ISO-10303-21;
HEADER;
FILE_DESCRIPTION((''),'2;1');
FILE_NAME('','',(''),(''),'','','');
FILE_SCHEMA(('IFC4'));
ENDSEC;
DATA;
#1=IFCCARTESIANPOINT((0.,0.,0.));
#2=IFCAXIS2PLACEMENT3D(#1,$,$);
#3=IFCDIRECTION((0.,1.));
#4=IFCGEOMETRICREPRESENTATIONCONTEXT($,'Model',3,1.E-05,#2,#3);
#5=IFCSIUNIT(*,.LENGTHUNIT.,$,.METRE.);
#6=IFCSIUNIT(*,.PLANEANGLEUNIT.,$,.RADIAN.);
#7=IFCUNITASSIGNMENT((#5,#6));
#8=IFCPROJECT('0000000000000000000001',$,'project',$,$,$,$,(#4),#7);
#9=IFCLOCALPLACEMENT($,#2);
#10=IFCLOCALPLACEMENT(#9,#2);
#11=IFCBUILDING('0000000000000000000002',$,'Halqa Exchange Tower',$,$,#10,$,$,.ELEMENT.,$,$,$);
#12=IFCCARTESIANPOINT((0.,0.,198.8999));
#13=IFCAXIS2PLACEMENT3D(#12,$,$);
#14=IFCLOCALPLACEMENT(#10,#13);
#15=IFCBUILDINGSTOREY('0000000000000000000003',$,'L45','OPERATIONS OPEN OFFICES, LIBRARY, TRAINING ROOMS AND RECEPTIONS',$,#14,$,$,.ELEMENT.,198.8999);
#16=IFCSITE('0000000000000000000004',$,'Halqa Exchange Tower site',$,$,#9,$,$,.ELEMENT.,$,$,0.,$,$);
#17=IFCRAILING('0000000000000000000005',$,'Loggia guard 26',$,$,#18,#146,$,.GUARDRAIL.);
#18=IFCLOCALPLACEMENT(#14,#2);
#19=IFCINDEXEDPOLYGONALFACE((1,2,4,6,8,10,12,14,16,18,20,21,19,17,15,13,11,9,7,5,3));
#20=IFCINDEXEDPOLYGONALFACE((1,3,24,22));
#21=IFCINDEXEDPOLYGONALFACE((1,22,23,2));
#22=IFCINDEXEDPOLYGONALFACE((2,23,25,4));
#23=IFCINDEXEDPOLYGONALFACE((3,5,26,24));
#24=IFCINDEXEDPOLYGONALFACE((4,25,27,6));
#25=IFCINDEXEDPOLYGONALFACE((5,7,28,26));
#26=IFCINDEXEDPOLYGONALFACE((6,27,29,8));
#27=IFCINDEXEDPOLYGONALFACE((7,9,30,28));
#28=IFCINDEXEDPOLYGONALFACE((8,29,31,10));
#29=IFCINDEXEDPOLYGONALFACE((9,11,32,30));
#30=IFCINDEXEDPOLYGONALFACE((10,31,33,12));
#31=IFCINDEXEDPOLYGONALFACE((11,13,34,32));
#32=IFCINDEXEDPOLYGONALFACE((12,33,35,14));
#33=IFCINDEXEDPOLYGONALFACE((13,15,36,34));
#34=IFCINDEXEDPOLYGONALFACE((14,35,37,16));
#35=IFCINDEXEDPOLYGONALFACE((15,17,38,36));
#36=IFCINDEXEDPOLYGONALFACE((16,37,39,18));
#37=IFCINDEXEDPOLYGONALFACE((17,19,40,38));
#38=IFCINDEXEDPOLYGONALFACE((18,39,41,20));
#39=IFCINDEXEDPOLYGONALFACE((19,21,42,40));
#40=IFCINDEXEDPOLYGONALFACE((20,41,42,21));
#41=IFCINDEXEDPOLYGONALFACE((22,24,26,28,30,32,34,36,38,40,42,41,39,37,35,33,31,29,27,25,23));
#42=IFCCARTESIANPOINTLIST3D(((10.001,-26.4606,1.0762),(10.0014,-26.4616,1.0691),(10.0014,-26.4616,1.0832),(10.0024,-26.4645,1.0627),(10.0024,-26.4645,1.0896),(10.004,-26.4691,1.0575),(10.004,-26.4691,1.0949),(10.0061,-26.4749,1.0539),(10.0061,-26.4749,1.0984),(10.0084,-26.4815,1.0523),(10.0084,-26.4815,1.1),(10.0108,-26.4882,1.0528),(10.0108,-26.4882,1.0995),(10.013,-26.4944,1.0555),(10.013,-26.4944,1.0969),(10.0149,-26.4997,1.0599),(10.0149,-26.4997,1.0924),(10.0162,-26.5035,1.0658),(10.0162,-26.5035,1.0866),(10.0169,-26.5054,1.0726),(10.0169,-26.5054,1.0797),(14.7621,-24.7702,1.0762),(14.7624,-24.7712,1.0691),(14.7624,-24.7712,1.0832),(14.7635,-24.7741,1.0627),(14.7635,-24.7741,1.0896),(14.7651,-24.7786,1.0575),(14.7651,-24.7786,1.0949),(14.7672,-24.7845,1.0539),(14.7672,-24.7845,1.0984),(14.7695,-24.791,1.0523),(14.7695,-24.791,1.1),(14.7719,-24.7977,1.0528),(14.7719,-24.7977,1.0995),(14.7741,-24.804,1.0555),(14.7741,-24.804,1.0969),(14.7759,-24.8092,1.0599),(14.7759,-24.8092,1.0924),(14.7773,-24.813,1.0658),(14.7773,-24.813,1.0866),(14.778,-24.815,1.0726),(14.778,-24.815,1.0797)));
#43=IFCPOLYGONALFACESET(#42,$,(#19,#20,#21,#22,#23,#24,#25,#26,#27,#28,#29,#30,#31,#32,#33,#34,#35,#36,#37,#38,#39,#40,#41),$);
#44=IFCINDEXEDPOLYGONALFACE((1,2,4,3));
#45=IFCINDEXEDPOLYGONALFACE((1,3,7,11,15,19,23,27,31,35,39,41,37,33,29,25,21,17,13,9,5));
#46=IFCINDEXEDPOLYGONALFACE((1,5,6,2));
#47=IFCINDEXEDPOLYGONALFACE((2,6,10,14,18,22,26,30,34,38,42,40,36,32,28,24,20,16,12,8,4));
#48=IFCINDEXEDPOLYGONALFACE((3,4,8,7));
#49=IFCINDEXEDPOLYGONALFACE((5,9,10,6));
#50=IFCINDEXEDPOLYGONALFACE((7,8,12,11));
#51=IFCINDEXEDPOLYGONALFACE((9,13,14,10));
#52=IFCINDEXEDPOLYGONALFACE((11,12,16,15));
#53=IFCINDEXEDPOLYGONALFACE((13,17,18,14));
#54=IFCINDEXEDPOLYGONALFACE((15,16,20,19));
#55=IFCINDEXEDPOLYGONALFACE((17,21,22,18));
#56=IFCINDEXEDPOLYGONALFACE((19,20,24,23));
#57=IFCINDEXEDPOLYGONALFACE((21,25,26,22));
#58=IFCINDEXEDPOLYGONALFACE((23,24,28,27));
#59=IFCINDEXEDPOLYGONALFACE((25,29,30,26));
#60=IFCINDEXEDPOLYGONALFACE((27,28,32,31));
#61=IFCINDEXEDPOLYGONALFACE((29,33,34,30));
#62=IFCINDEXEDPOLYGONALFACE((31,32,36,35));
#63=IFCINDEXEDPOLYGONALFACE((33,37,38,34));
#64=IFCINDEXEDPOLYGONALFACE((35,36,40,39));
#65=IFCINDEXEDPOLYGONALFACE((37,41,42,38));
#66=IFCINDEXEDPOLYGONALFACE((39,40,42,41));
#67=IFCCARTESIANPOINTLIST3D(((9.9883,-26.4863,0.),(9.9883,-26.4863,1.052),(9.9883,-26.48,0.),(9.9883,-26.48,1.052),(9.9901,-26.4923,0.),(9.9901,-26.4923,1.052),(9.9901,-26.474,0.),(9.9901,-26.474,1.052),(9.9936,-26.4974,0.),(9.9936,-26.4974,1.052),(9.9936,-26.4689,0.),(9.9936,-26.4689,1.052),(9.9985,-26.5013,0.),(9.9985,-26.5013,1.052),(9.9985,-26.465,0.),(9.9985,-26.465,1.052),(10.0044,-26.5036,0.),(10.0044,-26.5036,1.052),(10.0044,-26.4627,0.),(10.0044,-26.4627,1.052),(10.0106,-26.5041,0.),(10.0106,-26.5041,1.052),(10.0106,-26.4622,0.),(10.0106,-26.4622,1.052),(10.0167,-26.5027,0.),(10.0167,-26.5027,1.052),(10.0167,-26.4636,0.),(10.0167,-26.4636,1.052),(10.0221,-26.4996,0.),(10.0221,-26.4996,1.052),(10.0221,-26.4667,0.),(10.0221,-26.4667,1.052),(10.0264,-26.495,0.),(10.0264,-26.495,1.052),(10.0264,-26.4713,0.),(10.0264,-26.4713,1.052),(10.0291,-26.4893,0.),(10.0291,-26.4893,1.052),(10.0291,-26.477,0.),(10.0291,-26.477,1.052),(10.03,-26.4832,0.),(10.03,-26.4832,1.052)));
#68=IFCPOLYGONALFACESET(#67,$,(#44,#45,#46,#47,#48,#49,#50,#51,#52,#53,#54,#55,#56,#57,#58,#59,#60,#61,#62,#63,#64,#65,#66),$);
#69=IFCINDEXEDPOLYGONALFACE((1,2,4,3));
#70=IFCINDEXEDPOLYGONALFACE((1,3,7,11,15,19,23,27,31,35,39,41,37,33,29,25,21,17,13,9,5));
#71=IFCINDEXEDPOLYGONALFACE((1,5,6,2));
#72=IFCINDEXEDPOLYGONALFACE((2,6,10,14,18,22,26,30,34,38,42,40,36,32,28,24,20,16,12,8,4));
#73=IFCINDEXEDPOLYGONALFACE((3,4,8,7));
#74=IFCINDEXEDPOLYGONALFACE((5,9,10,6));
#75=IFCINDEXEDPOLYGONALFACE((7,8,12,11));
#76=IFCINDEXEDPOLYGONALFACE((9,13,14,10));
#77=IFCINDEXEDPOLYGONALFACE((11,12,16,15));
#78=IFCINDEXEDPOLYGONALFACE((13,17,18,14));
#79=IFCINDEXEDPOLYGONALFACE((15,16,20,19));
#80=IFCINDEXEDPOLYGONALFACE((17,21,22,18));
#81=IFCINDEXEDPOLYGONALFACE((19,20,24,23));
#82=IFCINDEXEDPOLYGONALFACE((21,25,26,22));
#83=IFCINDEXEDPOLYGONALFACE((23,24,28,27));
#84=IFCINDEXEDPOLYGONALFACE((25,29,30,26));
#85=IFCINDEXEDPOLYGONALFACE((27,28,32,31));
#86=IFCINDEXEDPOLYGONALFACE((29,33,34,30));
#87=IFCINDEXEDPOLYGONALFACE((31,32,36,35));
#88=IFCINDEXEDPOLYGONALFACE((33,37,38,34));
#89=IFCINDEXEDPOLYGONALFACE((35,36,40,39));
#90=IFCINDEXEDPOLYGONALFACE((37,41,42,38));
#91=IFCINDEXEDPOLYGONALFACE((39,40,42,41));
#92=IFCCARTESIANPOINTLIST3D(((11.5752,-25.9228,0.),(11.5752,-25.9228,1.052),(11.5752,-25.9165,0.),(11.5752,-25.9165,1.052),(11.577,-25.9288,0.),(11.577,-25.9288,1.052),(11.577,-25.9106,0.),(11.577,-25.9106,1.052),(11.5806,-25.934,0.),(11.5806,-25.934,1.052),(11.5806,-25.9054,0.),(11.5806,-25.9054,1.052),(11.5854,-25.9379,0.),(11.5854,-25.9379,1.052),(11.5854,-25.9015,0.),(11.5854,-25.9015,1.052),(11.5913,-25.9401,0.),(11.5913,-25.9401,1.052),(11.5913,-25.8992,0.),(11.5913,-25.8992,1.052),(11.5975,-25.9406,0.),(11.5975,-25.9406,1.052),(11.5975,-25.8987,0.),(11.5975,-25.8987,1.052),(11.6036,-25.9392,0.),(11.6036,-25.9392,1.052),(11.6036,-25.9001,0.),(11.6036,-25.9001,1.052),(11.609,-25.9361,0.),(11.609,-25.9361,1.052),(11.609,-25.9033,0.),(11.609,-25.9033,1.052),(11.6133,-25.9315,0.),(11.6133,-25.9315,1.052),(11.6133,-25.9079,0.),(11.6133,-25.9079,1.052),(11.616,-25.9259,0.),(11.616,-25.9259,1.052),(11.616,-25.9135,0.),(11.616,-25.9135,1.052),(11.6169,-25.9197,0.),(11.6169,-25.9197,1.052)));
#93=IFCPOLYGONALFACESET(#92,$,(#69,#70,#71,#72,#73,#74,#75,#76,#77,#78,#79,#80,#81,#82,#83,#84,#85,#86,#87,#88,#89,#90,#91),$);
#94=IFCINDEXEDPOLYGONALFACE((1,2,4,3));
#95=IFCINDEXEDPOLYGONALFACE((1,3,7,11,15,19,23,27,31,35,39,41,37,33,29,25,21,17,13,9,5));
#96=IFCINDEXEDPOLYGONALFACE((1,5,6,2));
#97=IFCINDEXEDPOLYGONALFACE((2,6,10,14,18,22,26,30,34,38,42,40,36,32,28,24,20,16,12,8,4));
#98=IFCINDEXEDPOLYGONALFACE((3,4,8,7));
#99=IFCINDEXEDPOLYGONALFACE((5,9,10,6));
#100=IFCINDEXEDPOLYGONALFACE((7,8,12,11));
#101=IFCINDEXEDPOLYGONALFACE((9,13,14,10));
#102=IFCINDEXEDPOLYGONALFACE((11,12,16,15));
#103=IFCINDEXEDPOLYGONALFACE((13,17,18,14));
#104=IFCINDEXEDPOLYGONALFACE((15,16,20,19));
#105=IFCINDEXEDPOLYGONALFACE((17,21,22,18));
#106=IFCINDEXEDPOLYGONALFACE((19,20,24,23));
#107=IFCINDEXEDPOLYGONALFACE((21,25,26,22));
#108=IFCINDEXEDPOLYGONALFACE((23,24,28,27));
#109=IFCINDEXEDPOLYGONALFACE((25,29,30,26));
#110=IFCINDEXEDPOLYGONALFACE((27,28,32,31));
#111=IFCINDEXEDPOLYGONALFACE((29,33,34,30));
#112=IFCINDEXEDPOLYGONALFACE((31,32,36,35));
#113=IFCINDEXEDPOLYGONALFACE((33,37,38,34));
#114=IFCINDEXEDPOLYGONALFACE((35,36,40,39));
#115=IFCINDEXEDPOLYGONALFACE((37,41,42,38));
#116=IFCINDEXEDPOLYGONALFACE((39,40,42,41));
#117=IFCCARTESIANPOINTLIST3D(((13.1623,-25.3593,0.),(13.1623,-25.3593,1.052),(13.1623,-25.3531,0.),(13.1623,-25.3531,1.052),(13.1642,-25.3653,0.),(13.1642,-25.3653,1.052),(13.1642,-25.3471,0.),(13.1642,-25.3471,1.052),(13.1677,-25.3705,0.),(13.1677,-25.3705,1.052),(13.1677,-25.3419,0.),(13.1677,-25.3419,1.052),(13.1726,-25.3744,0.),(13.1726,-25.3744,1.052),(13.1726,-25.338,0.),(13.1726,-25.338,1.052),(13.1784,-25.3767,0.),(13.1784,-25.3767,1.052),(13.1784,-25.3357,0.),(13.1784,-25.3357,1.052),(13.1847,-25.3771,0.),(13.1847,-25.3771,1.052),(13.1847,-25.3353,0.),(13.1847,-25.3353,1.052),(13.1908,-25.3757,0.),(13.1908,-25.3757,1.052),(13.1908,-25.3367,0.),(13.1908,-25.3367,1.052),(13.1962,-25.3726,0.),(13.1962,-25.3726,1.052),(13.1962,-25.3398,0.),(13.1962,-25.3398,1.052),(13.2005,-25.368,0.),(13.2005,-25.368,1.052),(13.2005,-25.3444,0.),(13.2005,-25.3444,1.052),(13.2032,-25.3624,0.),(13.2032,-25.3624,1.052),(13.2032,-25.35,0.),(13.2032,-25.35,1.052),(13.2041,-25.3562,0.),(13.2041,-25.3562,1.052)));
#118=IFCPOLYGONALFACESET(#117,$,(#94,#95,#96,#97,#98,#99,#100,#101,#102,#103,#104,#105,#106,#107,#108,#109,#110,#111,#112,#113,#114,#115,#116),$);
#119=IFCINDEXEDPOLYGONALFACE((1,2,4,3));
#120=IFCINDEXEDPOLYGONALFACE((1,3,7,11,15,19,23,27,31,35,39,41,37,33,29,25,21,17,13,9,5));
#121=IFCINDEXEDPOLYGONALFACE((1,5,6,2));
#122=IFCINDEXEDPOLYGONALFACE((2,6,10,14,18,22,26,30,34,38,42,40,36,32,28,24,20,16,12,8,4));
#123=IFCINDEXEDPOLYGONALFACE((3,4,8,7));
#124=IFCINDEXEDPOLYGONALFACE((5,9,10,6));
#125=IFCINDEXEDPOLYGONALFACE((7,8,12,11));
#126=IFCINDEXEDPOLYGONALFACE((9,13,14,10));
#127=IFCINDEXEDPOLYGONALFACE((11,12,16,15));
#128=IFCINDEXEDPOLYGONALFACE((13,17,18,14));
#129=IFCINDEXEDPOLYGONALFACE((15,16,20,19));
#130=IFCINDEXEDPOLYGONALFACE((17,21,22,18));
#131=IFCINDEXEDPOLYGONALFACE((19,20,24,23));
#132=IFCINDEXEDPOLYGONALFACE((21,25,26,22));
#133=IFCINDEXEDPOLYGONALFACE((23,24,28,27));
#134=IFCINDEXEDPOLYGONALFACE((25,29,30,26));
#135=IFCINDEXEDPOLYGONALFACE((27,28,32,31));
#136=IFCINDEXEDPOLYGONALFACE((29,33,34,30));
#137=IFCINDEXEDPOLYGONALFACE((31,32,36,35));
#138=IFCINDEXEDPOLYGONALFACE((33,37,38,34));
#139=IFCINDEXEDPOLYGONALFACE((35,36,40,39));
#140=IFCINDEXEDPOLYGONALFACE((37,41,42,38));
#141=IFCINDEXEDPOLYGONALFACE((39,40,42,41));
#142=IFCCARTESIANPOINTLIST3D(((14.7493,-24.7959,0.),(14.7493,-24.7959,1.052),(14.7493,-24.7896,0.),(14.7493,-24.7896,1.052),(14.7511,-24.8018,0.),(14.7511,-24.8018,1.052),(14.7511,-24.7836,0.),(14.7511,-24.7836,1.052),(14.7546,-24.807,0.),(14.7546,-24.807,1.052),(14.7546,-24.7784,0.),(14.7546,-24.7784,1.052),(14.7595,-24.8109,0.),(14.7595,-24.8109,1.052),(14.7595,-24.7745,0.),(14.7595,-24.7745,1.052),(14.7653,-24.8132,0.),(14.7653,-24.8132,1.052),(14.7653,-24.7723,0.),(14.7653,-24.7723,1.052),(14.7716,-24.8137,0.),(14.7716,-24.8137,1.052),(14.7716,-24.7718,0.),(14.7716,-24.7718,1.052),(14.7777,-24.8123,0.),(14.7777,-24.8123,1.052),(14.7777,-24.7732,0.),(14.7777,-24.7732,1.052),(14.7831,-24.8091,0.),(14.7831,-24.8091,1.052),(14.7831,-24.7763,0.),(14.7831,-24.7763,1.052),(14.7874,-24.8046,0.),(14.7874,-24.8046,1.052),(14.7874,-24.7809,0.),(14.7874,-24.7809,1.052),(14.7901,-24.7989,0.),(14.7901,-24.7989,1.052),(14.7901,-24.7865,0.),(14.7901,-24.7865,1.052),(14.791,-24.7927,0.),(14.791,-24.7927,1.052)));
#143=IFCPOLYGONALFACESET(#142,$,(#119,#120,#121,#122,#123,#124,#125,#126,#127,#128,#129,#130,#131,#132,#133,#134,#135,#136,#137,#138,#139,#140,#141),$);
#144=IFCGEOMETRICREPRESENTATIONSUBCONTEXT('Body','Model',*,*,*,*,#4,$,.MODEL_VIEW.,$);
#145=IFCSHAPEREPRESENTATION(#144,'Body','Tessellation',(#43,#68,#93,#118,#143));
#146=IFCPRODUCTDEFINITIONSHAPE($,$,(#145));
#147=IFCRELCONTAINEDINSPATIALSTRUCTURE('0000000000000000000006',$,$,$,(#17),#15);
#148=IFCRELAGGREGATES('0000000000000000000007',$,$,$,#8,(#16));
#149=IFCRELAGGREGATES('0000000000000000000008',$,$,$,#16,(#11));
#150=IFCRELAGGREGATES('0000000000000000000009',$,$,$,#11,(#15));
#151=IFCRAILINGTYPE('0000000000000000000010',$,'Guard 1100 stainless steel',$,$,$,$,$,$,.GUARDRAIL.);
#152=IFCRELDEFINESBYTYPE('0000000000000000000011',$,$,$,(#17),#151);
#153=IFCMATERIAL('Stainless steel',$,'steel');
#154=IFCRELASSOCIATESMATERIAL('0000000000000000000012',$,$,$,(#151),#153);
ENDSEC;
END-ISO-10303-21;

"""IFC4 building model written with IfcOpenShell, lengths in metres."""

from ifc_helpers import new_model, si_unit, direction, frame, origin, origin_2d, place, context, subcontext, project, spatial, circle, extrude, material, type_object, element, save


model = new_model("IFC4")

# Units and contexts
model_context = context("Model", 3, precision=1e-05, world=origin(), true_north=direction((0.0, 1.0)))
body_context = subcontext(model_context, "Body", "Model", "MODEL_VIEW")
ifc_project = project(units=[si_unit("LENGTHUNIT", "METRE"), si_unit("PLANEANGLEUNIT", "RADIAN")], contexts=[model_context])

# Site, building, storey
site_placement = place(None, origin())
site = spatial("IfcSite", under=ifc_project, at=site_placement, Name="Halqa Exchange Tower site", CompositionType="ELEMENT", RefElevation=0.0)
building_placement = place(site_placement, origin())
building = spatial("IfcBuilding", under=site, at=building_placement, Name="Halqa Exchange Tower", CompositionType="ELEMENT")
storey_placement = place(building_placement, frame((0.0, 0.0, 198.8999)))
storey = spatial("IfcBuildingStorey", under=building, at=storey_placement, Name="L45", Description="OPERATIONS OPEN OFFICES, LIBRARY, TRAINING ROOMS AND RECEPTIONS", CompositionType="ELEMENT", Elevation=198.8999)

# Railing
ifc_material_1 = material(Name="Stainless steel", Category="steel")
railing_type = type_object("IfcRailingType", Name="Guard 1100 stainless steel", PredefinedType="GUARDRAIL", material=ifc_material_1)
railing_1_placement = place(storey_placement, frame((10.009, -26.4832, 0.0)))
element("IfcRailing", 1, at=railing_1_placement, inside=storey, type_object=railing_type, Name="Loggia guard 26", PredefinedType="GUARDRAIL", context=body_context, shape_type="SweptSolid", body=[
    extrude(circle(Radius=0.0239, at=origin_2d()), frame((0.0, 0.0, 1.0762), z_axis=(0.942362, 0.334594, 0.0), x_axis=(-0.334594, 0.942362, 0.0)), (0.0, 0.0, 1.0), 5.0522),
    extrude(circle(Radius=0.021, at=origin_2d()), origin(), (0.0, 0.0, 1.0), 1.052),
    extrude(circle(Radius=0.021, at=origin_2d()), frame((1.5869, 0.5635, 0.0)), (0.0, 0.0, 1.0), 1.052),
    extrude(circle(Radius=0.021, at=origin_2d()), frame((3.1741, 1.127, 0.0)), (0.0, 0.0, 1.0), 1.052),
    extrude(circle(Radius=0.021, at=origin_2d()), frame((4.761, 1.6904, 0.0)), (0.0, 0.0, 1.0), 1.052),
])

save(model, "model.ifc")
